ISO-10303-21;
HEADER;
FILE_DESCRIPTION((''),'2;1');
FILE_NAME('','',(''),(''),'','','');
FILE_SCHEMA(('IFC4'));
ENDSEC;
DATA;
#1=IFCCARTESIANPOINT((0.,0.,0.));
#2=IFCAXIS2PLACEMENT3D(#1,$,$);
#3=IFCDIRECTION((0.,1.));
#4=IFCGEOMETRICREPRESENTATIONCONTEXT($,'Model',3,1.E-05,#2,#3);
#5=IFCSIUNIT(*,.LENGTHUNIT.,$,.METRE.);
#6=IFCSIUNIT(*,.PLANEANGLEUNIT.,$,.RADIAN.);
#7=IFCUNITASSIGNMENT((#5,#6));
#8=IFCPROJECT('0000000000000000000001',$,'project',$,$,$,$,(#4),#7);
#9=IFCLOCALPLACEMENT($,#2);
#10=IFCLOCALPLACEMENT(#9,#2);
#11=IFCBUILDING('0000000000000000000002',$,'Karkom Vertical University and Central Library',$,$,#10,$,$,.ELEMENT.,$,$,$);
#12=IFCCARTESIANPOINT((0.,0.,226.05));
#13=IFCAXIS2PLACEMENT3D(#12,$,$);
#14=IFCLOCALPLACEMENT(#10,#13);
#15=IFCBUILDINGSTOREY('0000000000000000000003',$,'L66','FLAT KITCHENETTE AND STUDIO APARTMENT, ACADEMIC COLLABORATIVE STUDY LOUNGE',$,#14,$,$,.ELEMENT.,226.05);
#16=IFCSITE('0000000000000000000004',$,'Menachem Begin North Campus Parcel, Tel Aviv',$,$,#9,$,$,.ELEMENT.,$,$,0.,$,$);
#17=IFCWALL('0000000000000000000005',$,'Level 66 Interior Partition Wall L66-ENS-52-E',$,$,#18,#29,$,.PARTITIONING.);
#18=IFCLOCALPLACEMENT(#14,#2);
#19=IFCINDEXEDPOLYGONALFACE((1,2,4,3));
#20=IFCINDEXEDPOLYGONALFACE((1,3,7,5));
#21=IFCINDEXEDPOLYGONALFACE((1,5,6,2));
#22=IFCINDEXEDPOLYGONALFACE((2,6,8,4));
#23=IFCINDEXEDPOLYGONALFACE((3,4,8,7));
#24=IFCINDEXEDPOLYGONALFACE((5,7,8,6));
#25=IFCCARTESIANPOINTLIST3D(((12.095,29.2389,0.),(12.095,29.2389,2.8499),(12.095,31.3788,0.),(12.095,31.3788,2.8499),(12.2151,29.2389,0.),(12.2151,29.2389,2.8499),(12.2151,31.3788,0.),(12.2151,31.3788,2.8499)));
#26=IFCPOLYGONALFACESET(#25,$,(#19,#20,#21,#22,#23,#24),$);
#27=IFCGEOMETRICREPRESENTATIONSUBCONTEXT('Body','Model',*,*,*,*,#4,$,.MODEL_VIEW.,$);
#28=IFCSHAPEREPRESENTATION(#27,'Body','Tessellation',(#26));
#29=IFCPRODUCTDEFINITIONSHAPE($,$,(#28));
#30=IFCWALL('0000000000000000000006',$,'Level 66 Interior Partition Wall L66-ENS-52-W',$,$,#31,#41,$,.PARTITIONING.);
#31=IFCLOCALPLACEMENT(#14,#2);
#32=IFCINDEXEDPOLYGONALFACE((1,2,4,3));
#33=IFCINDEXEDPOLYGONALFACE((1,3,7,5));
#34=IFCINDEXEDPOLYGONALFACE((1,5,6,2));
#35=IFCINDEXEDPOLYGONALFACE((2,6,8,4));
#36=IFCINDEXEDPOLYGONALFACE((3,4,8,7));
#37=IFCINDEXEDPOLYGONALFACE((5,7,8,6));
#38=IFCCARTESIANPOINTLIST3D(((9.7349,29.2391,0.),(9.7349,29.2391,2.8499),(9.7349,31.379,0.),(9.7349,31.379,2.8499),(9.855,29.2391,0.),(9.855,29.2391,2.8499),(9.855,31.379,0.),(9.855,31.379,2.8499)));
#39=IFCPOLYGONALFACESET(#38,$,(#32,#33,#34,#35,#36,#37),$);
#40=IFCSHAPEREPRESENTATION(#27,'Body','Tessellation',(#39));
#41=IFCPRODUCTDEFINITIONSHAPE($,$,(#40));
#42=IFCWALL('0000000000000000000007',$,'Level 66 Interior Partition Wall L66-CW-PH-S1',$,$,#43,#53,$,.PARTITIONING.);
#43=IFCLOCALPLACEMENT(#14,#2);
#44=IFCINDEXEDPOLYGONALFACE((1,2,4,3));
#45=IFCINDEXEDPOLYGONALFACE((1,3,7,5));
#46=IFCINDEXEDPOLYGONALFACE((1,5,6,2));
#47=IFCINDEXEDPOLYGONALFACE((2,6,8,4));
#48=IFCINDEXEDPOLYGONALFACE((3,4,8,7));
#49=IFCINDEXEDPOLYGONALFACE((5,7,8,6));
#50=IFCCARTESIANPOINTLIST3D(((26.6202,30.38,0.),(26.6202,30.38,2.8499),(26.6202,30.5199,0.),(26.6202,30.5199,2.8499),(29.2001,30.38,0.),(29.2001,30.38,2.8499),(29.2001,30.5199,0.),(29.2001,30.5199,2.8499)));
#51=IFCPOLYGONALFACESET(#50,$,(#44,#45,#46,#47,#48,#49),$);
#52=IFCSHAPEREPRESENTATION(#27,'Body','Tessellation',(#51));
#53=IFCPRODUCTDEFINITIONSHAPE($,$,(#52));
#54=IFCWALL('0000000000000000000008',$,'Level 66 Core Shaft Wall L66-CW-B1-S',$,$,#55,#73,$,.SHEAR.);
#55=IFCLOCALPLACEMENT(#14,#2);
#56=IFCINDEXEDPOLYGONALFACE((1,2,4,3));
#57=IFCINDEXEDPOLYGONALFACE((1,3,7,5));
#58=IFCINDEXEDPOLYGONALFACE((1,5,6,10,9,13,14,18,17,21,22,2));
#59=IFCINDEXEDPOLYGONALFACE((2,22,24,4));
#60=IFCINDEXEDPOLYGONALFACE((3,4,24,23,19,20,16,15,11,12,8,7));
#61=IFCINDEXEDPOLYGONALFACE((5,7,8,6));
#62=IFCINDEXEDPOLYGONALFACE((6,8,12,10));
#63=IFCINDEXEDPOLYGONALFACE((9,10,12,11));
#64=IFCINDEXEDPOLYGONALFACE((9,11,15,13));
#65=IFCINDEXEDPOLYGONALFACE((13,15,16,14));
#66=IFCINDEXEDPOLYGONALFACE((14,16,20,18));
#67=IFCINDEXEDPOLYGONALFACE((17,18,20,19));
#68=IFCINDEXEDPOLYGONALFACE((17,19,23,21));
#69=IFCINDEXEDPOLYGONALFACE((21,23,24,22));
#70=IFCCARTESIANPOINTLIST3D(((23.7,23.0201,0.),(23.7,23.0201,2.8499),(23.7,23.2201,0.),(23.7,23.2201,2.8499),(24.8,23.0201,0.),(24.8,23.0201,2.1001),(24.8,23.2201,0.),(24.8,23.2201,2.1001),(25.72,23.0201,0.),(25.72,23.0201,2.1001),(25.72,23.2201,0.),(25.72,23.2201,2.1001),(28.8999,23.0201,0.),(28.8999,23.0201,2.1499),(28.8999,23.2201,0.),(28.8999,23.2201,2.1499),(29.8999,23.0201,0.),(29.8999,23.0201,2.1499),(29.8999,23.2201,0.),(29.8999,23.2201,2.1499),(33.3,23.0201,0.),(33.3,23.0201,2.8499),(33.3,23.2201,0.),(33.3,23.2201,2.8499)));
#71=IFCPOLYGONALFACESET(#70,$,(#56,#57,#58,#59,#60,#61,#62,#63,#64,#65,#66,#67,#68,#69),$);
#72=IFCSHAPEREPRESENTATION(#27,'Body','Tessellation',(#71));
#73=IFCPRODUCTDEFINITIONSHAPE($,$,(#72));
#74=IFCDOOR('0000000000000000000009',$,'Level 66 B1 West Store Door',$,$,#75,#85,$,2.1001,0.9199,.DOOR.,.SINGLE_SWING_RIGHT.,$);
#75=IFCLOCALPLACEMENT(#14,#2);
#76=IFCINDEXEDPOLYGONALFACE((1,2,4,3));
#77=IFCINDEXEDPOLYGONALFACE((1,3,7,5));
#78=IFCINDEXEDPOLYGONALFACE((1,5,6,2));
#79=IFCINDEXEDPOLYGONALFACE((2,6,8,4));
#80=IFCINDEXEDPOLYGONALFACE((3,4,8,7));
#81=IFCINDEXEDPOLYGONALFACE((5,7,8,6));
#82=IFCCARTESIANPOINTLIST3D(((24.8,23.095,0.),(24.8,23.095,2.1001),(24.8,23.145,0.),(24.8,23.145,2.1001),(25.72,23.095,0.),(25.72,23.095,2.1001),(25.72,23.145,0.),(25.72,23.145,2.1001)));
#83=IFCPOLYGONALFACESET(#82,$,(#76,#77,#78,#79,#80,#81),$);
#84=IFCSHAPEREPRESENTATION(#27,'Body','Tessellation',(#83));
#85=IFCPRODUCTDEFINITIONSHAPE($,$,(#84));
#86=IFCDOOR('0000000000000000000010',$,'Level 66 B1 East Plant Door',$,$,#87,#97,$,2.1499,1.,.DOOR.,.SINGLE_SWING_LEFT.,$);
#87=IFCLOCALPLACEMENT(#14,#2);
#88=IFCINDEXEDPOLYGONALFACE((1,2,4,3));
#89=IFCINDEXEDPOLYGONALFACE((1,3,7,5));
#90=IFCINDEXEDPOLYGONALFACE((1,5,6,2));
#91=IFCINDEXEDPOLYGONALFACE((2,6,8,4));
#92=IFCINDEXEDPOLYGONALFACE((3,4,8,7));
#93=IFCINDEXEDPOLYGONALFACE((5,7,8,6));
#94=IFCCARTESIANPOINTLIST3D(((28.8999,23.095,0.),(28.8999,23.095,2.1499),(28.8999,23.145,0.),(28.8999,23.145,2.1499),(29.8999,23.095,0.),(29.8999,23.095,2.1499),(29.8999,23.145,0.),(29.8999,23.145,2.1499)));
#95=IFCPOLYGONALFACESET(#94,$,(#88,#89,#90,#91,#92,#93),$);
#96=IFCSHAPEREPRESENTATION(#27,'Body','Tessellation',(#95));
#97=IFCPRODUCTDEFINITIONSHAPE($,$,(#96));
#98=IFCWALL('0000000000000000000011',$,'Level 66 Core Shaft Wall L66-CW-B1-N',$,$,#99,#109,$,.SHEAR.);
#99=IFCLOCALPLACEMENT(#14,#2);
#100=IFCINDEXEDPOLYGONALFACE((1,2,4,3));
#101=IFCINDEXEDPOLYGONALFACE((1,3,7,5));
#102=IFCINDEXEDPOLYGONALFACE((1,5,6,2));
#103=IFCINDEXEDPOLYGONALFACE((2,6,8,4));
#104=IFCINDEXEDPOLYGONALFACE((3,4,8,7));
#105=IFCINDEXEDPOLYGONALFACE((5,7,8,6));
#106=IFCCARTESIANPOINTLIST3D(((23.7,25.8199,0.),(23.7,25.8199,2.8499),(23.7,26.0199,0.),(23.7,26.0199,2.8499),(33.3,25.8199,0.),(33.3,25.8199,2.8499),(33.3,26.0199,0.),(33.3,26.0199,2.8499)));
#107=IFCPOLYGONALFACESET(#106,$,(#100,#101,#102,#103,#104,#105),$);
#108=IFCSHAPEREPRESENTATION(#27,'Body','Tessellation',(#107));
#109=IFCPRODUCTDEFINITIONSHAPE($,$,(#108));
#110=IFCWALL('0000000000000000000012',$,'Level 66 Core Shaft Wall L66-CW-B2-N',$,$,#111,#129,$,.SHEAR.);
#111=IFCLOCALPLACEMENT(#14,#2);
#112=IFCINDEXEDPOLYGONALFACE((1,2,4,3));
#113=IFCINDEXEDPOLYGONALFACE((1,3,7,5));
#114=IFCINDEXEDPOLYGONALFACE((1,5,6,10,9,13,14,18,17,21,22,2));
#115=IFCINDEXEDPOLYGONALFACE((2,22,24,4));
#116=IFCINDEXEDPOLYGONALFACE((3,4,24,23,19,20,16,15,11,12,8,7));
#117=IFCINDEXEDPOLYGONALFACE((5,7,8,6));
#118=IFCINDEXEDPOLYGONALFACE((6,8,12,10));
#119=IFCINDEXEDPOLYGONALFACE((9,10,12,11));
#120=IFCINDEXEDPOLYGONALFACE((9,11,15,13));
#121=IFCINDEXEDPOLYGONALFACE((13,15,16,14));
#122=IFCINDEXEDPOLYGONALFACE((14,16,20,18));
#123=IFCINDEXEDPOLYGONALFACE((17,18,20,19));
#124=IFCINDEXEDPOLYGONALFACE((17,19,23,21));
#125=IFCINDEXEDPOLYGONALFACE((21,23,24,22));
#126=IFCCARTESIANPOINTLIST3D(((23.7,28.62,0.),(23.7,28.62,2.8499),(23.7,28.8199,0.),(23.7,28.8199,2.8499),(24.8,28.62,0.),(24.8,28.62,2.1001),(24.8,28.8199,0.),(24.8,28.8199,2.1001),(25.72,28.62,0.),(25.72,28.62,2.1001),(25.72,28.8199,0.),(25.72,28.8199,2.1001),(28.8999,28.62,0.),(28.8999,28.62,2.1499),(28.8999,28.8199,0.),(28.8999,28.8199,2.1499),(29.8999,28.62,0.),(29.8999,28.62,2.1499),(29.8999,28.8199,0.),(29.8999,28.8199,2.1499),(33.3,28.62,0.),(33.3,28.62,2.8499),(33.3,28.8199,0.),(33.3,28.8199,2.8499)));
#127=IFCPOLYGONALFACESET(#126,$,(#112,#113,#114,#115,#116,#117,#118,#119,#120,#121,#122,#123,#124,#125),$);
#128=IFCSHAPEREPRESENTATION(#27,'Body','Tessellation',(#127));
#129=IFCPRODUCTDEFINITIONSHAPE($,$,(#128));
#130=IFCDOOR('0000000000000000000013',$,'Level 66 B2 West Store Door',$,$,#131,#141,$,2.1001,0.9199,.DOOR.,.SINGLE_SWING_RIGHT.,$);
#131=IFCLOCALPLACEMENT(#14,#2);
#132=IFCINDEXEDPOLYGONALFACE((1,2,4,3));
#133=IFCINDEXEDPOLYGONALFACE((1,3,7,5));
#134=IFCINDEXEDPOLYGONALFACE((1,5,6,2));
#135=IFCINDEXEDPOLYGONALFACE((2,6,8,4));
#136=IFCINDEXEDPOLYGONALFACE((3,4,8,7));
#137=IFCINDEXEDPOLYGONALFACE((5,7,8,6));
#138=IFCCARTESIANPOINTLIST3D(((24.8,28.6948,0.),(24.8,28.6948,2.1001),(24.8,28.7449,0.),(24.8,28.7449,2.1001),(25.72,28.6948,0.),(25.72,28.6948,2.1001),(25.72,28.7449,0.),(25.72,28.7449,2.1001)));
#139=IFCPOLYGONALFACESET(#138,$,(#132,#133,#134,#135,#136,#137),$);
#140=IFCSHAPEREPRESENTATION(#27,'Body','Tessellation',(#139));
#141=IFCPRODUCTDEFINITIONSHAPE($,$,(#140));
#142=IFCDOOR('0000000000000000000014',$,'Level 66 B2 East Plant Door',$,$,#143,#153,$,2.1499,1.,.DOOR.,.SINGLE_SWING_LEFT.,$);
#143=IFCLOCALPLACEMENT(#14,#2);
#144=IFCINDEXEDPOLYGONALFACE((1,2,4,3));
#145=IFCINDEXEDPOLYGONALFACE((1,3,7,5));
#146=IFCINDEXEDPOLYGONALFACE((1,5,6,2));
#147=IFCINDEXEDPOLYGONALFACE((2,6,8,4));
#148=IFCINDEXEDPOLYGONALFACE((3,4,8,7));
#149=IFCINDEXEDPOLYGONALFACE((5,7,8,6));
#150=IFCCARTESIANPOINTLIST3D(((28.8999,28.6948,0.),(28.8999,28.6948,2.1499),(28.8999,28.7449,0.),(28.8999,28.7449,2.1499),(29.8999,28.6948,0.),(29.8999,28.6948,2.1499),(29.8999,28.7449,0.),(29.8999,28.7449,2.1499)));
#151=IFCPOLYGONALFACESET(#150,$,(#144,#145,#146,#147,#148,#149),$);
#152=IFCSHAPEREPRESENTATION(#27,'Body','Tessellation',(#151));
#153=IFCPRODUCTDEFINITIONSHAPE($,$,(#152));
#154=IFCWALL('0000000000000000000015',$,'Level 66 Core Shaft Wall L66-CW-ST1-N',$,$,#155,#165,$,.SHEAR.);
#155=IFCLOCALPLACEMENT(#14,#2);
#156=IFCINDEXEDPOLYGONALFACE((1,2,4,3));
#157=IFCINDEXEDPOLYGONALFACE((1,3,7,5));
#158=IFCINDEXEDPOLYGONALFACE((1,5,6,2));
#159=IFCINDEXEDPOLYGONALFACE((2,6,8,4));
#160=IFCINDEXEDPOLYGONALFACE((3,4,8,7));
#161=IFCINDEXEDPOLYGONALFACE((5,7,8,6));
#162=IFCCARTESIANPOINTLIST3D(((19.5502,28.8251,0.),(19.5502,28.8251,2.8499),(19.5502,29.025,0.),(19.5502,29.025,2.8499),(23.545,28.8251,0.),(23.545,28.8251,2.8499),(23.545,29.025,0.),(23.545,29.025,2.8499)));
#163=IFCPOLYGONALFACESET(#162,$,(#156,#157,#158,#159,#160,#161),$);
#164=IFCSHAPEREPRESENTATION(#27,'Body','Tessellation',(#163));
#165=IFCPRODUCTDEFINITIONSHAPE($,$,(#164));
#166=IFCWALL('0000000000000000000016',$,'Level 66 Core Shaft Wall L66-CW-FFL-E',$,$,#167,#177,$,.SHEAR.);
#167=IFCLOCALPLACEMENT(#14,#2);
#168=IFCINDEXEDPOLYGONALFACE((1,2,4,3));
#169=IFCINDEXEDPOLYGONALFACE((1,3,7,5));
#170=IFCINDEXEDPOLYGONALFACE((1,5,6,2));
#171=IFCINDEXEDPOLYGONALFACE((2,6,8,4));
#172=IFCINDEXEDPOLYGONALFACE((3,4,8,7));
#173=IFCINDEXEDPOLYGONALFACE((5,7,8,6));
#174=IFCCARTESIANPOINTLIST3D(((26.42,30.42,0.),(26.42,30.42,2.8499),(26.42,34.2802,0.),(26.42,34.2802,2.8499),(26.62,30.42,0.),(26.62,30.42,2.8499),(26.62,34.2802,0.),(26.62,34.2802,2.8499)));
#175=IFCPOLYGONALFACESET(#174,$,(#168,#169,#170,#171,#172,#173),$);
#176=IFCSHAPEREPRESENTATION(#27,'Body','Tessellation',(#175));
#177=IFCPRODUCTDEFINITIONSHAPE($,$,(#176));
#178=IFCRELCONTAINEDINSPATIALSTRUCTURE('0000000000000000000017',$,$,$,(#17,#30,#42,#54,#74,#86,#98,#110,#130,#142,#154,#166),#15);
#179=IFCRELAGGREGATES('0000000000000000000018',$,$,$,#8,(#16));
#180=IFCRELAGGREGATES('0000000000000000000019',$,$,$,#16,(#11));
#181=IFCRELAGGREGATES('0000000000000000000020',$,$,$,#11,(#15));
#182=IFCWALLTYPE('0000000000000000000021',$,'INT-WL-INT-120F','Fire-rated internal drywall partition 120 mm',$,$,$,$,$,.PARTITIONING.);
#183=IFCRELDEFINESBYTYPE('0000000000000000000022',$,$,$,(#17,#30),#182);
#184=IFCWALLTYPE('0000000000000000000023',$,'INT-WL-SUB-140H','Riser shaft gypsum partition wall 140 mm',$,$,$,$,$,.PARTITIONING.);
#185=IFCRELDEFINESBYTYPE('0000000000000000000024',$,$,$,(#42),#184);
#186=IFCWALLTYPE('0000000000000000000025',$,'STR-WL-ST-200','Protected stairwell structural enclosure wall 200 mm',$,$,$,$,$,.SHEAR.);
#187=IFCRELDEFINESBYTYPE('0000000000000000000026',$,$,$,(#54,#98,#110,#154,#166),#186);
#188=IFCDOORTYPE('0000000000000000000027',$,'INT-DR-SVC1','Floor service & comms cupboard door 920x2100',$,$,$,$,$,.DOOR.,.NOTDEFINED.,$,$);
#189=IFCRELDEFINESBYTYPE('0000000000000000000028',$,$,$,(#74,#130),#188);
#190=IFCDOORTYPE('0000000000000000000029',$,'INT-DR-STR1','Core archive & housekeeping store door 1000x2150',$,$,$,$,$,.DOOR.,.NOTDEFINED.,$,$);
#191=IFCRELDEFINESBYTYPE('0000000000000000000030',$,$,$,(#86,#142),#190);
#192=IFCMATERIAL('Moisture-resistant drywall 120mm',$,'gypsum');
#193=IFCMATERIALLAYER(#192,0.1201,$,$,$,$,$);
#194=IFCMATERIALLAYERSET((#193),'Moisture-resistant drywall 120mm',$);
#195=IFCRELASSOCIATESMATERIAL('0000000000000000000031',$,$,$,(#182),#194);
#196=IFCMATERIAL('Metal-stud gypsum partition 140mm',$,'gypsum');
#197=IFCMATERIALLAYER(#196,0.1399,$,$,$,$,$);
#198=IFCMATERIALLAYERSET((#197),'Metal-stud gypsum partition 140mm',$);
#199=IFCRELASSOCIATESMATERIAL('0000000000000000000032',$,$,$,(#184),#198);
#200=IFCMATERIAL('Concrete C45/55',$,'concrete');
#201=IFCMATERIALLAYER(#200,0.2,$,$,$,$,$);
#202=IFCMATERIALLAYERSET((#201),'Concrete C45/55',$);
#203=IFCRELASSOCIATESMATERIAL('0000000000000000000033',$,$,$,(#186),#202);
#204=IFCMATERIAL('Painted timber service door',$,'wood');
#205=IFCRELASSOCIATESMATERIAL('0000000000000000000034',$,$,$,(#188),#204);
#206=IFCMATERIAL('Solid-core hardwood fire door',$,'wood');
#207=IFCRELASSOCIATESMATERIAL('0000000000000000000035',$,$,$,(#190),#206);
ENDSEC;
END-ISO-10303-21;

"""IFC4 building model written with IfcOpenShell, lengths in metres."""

from ifc_helpers import new_model, si_unit, direction, frame, frame_2d, origin, origin_with_axes, place, context, subcontext, project, spatial, rectangle, extrude, source, transform, mapped, material, layer, layer_set, type_object, element, fill, save


model = new_model("IFC4")

# Units and contexts
model_context = context("Model", 3, precision=1e-05, world=origin(), true_north=direction((0.0, 1.0)))
body_context = subcontext(model_context, "Body", "Model", "MODEL_VIEW")
ifc_project = project(units=[si_unit("LENGTHUNIT", "METRE"), si_unit("PLANEANGLEUNIT", "RADIAN")], contexts=[model_context])

# Site, building, storey
site_placement = place(None, origin())
site = spatial("IfcSite", under=ifc_project, at=site_placement, Name="Menachem Begin North Campus Parcel, Tel Aviv", CompositionType="ELEMENT", RefElevation=0.0)
building_placement = place(site_placement, origin())
building = spatial("IfcBuilding", under=site, at=building_placement, Name="Karkom Vertical University and Central Library", CompositionType="ELEMENT")
storey_placement = place(building_placement, frame((0.0, 0.0, 226.05)))
storey = spatial("IfcBuildingStorey", under=building, at=storey_placement, Name="L66", Description="FLAT KITCHENETTE AND STUDIO APARTMENT, ACADEMIC COLLABORATIVE STUDY LOUNGE", CompositionType="ELEMENT", Elevation=226.05)

# Shared definitions
ifc_material_1 = material(Name="Moisture-resistant drywall 120mm", Category="gypsum")

# Shared definitions
ifc_layer_1 = layer(ifc_material_1, 0.1201)
ifc_layer_set_1 = layer_set([ifc_layer_1], Name="Moisture-resistant drywall 120mm")
wall_type_1 = type_object("IfcWallType", Name="INT-WL-INT-120F", Description="Fire-rated internal drywall partition 120 mm", PredefinedType="PARTITIONING", material=ifc_layer_set_1)

# Walls
for number, where, z_axis, x_axis, name in (
    (1, (12.155, 29.239, 0.0), (0.0, 0.0, 1.0), (0.0, 1.0, 0.0), "Level 66 Interior Partition Wall L66-ENS-52-E"),
    (2, (9.7949, 31.3789, 0.0), (0.0, 0.0, 1.0), (0.0, -1.0, 0.0), "Level 66 Interior Partition Wall L66-ENS-52-W"),
):
    element("IfcWall", number, at=place(storey_placement, frame(where, z_axis=z_axis, x_axis=x_axis)), inside=storey, type_object=wall_type_1, Name=name, PredefinedType="PARTITIONING", context=body_context, shape_type="SweptSolid", body=[
        extrude(rectangle(XDim=2.1399, YDim=0.1201, at=frame_2d((1.0698, 0.0))), origin(), (0.0, 0.0, 1.0), 2.8499),
    ])
ifc_material_2 = material(Name="Metal-stud gypsum partition 140mm", Category="gypsum")
ifc_layer_2 = layer(ifc_material_2, 0.1399)
ifc_layer_set_2 = layer_set([ifc_layer_2], Name="Metal-stud gypsum partition 140mm")
wall_type_2 = type_object("IfcWallType", Name="INT-WL-SUB-140H", Description="Riser shaft gypsum partition wall 140 mm", PredefinedType="PARTITIONING", material=ifc_layer_set_2)
wall_1_placement = place(storey_placement, frame((26.6201, 30.45, 0.0), z_axis=(0.0, 0.0, 1.0), x_axis=(1.0, 0.0, 0.0)))
element("IfcWall", 3, at=wall_1_placement, inside=storey, type_object=wall_type_2, Name="Level 66 Interior Partition Wall L66-CW-PH-S1", PredefinedType="PARTITIONING", context=body_context, shape_type="SweptSolid", body=[
    extrude(rectangle(XDim=2.5798, YDim=0.1399, at=frame_2d((1.29, 0.0))), origin(), (0.0, 0.0, 1.0), 2.8499),
])

# Wall, openings, doors
ifc_material_3 = material(Name="Concrete C45/55", Category="concrete")
ifc_layer_3 = layer(ifc_material_3, 0.2)
ifc_layer_set_3 = layer_set([ifc_layer_3], Name="Concrete C45/55")
wall_type_3 = type_object("IfcWallType", Name="STR-WL-ST-200", Description="Protected stairwell structural enclosure wall 200 mm", PredefinedType="SHEAR", material=ifc_layer_set_3)
wall_2_placement = place(storey_placement, frame((23.7, 23.1201, 0.0), z_axis=(0.0, 0.0, 1.0), x_axis=(1.0, 0.0, 0.0)))
wall_2 = element("IfcWall", 4, at=wall_2_placement, inside=storey, type_object=wall_type_3, Name="Level 66 Core Shaft Wall L66-CW-B1-S", PredefinedType="SHEAR", context=body_context, shape_type="SweptSolid", body=[
    extrude(rectangle(XDim=9.6001, YDim=0.2, at=frame_2d((4.8, 0.0))), origin(), (0.0, 0.0, 1.0), 2.8499),
])
opening_1_placement = place(wall_2_placement, frame((1.1001, 0.0, 0.0)))
opening_1 = element("IfcOpeningElement", 5, at=opening_1_placement, cuts=wall_2, PredefinedType="OPENING", context=body_context, shape_type="SweptSolid", body=[
    extrude(rectangle(XDim=0.9199, YDim=2.1001, at=frame_2d((0.46, 1.05))), frame((0.0, 0.1099, 0.0), z_axis=(0.0, -1.0, 0.0), x_axis=(1.0, 0.0, 0.0)), (0.0, 0.0, 1.0), 0.22),
])
opening_2_placement = place(wall_2_placement, frame((5.2, 0.0, 0.0)))
opening_2 = element("IfcOpeningElement", 6, at=opening_2_placement, cuts=wall_2, PredefinedType="OPENING", context=body_context, shape_type="SweptSolid", body=[
    extrude(rectangle(XDim=1.0, YDim=2.1499, at=frame_2d((0.5, 1.075))), frame((0.0, 0.1099, 0.0), z_axis=(0.0, -1.0, 0.0), x_axis=(1.0, 0.0, 0.0)), (0.0, 0.0, 1.0), 0.22),
])
ifc_material_4 = material(Name="Painted timber service door", Category="wood")
door_type_1 = type_object("IfcDoorType", Name="INT-DR-SVC1", Description="Floor service & comms cupboard door 920x2100", OperationType="NOTDEFINED", PredefinedType="DOOR", material=ifc_material_4)
shared_shape_1 = source(origin_with_axes(), body_context, "Body", "SweptSolid", [
    extrude(rectangle(XDim=0.9199, YDim=2.1001, at=frame_2d((0.46, 1.05))), frame((0.0, 0.0249, 0.0), z_axis=(0.0, -1.0, 0.0), x_axis=(1.0, 0.0, 0.0)), (0.0, 0.0, 1.0), 0.05),
])
door_1_placement = place(opening_1_placement, origin())
door_1 = element("IfcDoor", 7, at=door_1_placement, inside=storey, type_object=door_type_1, Name="Level 66 B1 West Store Door", OperationType="SINGLE_SWING_RIGHT", OverallHeight=2.1001, OverallWidth=0.9199, PredefinedType="DOOR", context=body_context, shape_type="MappedRepresentation", body=[
    mapped(shared_shape_1, transform((0.0, 0.0, 0.0), scale=1.0)),
])
fill(opening_1, door_1)
ifc_material_5 = material(Name="Solid-core hardwood fire door", Category="wood")
door_type_2 = type_object("IfcDoorType", Name="INT-DR-STR1", Description="Core archive & housekeeping store door 1000x2150", OperationType="NOTDEFINED", PredefinedType="DOOR", material=ifc_material_5)
shared_shape_2 = source(origin_with_axes(), body_context, "Body", "SweptSolid", [
    extrude(rectangle(XDim=1.0, YDim=2.1499, at=frame_2d((0.5, 1.075))), frame((0.0, 0.0249, 0.0), z_axis=(0.0, -1.0, 0.0), x_axis=(1.0, 0.0, 0.0)), (0.0, 0.0, 1.0), 0.05),
])
door_2_placement = place(opening_2_placement, origin())
door_2 = element("IfcDoor", 8, at=door_2_placement, inside=storey, type_object=door_type_2, Name="Level 66 B1 East Plant Door", OperationType="SINGLE_SWING_LEFT", OverallHeight=2.1499, OverallWidth=1.0, PredefinedType="DOOR", context=body_context, shape_type="MappedRepresentation", body=[
    mapped(shared_shape_2, transform((0.0, 0.0, 0.0), scale=1.0)),
])
fill(opening_2, door_2)

# Wall
wall_3_placement = place(storey_placement, frame((23.7, 25.9199, 0.0), z_axis=(0.0, 0.0, 1.0), x_axis=(1.0, 0.0, 0.0)))
element("IfcWall", 9, at=wall_3_placement, inside=storey, type_object=wall_type_3, Name="Level 66 Core Shaft Wall L66-CW-B1-N", PredefinedType="SHEAR", context=body_context, shape_type="SweptSolid", body=[
    extrude(rectangle(XDim=9.6001, YDim=0.2, at=frame_2d((4.8, 0.0))), origin(), (0.0, 0.0, 1.0), 2.8499),
])

# Wall, openings, doors
wall_4_placement = place(storey_placement, frame((23.7, 28.72, 0.0), z_axis=(0.0, 0.0, 1.0), x_axis=(1.0, 0.0, 0.0)))
wall_4 = element("IfcWall", 10, at=wall_4_placement, inside=storey, type_object=wall_type_3, Name="Level 66 Core Shaft Wall L66-CW-B2-N", PredefinedType="SHEAR", context=body_context, shape_type="SweptSolid", body=[
    extrude(rectangle(XDim=9.6001, YDim=0.2, at=frame_2d((4.8, 0.0))), origin(), (0.0, 0.0, 1.0), 2.8499),
])
opening_3_placement = place(wall_4_placement, frame((1.1001, 0.0, 0.0)))
opening_3 = element("IfcOpeningElement", 11, at=opening_3_placement, cuts=wall_4, PredefinedType="OPENING", context=body_context, shape_type="SweptSolid", body=[
    extrude(rectangle(XDim=0.9199, YDim=2.1001, at=frame_2d((0.46, 1.05))), frame((0.0, 0.1099, 0.0), z_axis=(0.0, -1.0, 0.0), x_axis=(1.0, 0.0, 0.0)), (0.0, 0.0, 1.0), 0.22),
])
opening_4_placement = place(wall_4_placement, frame((5.2, 0.0, 0.0)))
opening_4 = element("IfcOpeningElement", 12, at=opening_4_placement, cuts=wall_4, PredefinedType="OPENING", context=body_context, shape_type="SweptSolid", body=[
    extrude(rectangle(XDim=1.0, YDim=2.1499, at=frame_2d((0.5, 1.075))), frame((0.0, 0.1099, 0.0), z_axis=(0.0, -1.0, 0.0), x_axis=(1.0, 0.0, 0.0)), (0.0, 0.0, 1.0), 0.22),
])
door_3_placement = place(opening_3_placement, origin())
door_3 = element("IfcDoor", 13, at=door_3_placement, inside=storey, type_object=door_type_1, Name="Level 66 B2 West Store Door", OperationType="SINGLE_SWING_RIGHT", OverallHeight=2.1001, OverallWidth=0.9199, PredefinedType="DOOR", context=body_context, shape_type="MappedRepresentation", body=[
    mapped(shared_shape_1, transform((0.0, 0.0, 0.0), scale=1.0)),
])
fill(opening_3, door_3)
door_4_placement = place(opening_4_placement, origin())
door_4 = element("IfcDoor", 14, at=door_4_placement, inside=storey, type_object=door_type_2, Name="Level 66 B2 East Plant Door", OperationType="SINGLE_SWING_LEFT", OverallHeight=2.1499, OverallWidth=1.0, PredefinedType="DOOR", context=body_context, shape_type="MappedRepresentation", body=[
    mapped(shared_shape_2, transform((0.0, 0.0, 0.0), scale=1.0)),
])
fill(opening_4, door_4)

# Walls
wall_5_placement = place(storey_placement, frame((19.55, 28.925, 0.0), z_axis=(0.0, 0.0, 1.0), x_axis=(1.0, 0.0, 0.0)))
element("IfcWall", 15, at=wall_5_placement, inside=storey, type_object=wall_type_3, Name="Level 66 Core Shaft Wall L66-CW-ST1-N", PredefinedType="SHEAR", context=body_context, shape_type="SweptSolid", body=[
    extrude(rectangle(XDim=3.9949, YDim=0.2, at=frame_2d((1.9976, 0.0))), origin(), (0.0, 0.0, 1.0), 2.8499),
])
wall_6_placement = place(storey_placement, frame((26.52, 30.4199, 0.0), z_axis=(0.0, 0.0, 1.0), x_axis=(0.0, 1.0, 0.0)))
element("IfcWall", 16, at=wall_6_placement, inside=storey, type_object=wall_type_3, Name="Level 66 Core Shaft Wall L66-CW-FFL-E", PredefinedType="SHEAR", context=body_context, shape_type="SweptSolid", body=[
    extrude(rectangle(XDim=3.8601, YDim=0.2, at=frame_2d((1.9302, 0.0))), origin(), (0.0, 0.0, 1.0), 2.8499),
])

save(model, "model.ifc")
